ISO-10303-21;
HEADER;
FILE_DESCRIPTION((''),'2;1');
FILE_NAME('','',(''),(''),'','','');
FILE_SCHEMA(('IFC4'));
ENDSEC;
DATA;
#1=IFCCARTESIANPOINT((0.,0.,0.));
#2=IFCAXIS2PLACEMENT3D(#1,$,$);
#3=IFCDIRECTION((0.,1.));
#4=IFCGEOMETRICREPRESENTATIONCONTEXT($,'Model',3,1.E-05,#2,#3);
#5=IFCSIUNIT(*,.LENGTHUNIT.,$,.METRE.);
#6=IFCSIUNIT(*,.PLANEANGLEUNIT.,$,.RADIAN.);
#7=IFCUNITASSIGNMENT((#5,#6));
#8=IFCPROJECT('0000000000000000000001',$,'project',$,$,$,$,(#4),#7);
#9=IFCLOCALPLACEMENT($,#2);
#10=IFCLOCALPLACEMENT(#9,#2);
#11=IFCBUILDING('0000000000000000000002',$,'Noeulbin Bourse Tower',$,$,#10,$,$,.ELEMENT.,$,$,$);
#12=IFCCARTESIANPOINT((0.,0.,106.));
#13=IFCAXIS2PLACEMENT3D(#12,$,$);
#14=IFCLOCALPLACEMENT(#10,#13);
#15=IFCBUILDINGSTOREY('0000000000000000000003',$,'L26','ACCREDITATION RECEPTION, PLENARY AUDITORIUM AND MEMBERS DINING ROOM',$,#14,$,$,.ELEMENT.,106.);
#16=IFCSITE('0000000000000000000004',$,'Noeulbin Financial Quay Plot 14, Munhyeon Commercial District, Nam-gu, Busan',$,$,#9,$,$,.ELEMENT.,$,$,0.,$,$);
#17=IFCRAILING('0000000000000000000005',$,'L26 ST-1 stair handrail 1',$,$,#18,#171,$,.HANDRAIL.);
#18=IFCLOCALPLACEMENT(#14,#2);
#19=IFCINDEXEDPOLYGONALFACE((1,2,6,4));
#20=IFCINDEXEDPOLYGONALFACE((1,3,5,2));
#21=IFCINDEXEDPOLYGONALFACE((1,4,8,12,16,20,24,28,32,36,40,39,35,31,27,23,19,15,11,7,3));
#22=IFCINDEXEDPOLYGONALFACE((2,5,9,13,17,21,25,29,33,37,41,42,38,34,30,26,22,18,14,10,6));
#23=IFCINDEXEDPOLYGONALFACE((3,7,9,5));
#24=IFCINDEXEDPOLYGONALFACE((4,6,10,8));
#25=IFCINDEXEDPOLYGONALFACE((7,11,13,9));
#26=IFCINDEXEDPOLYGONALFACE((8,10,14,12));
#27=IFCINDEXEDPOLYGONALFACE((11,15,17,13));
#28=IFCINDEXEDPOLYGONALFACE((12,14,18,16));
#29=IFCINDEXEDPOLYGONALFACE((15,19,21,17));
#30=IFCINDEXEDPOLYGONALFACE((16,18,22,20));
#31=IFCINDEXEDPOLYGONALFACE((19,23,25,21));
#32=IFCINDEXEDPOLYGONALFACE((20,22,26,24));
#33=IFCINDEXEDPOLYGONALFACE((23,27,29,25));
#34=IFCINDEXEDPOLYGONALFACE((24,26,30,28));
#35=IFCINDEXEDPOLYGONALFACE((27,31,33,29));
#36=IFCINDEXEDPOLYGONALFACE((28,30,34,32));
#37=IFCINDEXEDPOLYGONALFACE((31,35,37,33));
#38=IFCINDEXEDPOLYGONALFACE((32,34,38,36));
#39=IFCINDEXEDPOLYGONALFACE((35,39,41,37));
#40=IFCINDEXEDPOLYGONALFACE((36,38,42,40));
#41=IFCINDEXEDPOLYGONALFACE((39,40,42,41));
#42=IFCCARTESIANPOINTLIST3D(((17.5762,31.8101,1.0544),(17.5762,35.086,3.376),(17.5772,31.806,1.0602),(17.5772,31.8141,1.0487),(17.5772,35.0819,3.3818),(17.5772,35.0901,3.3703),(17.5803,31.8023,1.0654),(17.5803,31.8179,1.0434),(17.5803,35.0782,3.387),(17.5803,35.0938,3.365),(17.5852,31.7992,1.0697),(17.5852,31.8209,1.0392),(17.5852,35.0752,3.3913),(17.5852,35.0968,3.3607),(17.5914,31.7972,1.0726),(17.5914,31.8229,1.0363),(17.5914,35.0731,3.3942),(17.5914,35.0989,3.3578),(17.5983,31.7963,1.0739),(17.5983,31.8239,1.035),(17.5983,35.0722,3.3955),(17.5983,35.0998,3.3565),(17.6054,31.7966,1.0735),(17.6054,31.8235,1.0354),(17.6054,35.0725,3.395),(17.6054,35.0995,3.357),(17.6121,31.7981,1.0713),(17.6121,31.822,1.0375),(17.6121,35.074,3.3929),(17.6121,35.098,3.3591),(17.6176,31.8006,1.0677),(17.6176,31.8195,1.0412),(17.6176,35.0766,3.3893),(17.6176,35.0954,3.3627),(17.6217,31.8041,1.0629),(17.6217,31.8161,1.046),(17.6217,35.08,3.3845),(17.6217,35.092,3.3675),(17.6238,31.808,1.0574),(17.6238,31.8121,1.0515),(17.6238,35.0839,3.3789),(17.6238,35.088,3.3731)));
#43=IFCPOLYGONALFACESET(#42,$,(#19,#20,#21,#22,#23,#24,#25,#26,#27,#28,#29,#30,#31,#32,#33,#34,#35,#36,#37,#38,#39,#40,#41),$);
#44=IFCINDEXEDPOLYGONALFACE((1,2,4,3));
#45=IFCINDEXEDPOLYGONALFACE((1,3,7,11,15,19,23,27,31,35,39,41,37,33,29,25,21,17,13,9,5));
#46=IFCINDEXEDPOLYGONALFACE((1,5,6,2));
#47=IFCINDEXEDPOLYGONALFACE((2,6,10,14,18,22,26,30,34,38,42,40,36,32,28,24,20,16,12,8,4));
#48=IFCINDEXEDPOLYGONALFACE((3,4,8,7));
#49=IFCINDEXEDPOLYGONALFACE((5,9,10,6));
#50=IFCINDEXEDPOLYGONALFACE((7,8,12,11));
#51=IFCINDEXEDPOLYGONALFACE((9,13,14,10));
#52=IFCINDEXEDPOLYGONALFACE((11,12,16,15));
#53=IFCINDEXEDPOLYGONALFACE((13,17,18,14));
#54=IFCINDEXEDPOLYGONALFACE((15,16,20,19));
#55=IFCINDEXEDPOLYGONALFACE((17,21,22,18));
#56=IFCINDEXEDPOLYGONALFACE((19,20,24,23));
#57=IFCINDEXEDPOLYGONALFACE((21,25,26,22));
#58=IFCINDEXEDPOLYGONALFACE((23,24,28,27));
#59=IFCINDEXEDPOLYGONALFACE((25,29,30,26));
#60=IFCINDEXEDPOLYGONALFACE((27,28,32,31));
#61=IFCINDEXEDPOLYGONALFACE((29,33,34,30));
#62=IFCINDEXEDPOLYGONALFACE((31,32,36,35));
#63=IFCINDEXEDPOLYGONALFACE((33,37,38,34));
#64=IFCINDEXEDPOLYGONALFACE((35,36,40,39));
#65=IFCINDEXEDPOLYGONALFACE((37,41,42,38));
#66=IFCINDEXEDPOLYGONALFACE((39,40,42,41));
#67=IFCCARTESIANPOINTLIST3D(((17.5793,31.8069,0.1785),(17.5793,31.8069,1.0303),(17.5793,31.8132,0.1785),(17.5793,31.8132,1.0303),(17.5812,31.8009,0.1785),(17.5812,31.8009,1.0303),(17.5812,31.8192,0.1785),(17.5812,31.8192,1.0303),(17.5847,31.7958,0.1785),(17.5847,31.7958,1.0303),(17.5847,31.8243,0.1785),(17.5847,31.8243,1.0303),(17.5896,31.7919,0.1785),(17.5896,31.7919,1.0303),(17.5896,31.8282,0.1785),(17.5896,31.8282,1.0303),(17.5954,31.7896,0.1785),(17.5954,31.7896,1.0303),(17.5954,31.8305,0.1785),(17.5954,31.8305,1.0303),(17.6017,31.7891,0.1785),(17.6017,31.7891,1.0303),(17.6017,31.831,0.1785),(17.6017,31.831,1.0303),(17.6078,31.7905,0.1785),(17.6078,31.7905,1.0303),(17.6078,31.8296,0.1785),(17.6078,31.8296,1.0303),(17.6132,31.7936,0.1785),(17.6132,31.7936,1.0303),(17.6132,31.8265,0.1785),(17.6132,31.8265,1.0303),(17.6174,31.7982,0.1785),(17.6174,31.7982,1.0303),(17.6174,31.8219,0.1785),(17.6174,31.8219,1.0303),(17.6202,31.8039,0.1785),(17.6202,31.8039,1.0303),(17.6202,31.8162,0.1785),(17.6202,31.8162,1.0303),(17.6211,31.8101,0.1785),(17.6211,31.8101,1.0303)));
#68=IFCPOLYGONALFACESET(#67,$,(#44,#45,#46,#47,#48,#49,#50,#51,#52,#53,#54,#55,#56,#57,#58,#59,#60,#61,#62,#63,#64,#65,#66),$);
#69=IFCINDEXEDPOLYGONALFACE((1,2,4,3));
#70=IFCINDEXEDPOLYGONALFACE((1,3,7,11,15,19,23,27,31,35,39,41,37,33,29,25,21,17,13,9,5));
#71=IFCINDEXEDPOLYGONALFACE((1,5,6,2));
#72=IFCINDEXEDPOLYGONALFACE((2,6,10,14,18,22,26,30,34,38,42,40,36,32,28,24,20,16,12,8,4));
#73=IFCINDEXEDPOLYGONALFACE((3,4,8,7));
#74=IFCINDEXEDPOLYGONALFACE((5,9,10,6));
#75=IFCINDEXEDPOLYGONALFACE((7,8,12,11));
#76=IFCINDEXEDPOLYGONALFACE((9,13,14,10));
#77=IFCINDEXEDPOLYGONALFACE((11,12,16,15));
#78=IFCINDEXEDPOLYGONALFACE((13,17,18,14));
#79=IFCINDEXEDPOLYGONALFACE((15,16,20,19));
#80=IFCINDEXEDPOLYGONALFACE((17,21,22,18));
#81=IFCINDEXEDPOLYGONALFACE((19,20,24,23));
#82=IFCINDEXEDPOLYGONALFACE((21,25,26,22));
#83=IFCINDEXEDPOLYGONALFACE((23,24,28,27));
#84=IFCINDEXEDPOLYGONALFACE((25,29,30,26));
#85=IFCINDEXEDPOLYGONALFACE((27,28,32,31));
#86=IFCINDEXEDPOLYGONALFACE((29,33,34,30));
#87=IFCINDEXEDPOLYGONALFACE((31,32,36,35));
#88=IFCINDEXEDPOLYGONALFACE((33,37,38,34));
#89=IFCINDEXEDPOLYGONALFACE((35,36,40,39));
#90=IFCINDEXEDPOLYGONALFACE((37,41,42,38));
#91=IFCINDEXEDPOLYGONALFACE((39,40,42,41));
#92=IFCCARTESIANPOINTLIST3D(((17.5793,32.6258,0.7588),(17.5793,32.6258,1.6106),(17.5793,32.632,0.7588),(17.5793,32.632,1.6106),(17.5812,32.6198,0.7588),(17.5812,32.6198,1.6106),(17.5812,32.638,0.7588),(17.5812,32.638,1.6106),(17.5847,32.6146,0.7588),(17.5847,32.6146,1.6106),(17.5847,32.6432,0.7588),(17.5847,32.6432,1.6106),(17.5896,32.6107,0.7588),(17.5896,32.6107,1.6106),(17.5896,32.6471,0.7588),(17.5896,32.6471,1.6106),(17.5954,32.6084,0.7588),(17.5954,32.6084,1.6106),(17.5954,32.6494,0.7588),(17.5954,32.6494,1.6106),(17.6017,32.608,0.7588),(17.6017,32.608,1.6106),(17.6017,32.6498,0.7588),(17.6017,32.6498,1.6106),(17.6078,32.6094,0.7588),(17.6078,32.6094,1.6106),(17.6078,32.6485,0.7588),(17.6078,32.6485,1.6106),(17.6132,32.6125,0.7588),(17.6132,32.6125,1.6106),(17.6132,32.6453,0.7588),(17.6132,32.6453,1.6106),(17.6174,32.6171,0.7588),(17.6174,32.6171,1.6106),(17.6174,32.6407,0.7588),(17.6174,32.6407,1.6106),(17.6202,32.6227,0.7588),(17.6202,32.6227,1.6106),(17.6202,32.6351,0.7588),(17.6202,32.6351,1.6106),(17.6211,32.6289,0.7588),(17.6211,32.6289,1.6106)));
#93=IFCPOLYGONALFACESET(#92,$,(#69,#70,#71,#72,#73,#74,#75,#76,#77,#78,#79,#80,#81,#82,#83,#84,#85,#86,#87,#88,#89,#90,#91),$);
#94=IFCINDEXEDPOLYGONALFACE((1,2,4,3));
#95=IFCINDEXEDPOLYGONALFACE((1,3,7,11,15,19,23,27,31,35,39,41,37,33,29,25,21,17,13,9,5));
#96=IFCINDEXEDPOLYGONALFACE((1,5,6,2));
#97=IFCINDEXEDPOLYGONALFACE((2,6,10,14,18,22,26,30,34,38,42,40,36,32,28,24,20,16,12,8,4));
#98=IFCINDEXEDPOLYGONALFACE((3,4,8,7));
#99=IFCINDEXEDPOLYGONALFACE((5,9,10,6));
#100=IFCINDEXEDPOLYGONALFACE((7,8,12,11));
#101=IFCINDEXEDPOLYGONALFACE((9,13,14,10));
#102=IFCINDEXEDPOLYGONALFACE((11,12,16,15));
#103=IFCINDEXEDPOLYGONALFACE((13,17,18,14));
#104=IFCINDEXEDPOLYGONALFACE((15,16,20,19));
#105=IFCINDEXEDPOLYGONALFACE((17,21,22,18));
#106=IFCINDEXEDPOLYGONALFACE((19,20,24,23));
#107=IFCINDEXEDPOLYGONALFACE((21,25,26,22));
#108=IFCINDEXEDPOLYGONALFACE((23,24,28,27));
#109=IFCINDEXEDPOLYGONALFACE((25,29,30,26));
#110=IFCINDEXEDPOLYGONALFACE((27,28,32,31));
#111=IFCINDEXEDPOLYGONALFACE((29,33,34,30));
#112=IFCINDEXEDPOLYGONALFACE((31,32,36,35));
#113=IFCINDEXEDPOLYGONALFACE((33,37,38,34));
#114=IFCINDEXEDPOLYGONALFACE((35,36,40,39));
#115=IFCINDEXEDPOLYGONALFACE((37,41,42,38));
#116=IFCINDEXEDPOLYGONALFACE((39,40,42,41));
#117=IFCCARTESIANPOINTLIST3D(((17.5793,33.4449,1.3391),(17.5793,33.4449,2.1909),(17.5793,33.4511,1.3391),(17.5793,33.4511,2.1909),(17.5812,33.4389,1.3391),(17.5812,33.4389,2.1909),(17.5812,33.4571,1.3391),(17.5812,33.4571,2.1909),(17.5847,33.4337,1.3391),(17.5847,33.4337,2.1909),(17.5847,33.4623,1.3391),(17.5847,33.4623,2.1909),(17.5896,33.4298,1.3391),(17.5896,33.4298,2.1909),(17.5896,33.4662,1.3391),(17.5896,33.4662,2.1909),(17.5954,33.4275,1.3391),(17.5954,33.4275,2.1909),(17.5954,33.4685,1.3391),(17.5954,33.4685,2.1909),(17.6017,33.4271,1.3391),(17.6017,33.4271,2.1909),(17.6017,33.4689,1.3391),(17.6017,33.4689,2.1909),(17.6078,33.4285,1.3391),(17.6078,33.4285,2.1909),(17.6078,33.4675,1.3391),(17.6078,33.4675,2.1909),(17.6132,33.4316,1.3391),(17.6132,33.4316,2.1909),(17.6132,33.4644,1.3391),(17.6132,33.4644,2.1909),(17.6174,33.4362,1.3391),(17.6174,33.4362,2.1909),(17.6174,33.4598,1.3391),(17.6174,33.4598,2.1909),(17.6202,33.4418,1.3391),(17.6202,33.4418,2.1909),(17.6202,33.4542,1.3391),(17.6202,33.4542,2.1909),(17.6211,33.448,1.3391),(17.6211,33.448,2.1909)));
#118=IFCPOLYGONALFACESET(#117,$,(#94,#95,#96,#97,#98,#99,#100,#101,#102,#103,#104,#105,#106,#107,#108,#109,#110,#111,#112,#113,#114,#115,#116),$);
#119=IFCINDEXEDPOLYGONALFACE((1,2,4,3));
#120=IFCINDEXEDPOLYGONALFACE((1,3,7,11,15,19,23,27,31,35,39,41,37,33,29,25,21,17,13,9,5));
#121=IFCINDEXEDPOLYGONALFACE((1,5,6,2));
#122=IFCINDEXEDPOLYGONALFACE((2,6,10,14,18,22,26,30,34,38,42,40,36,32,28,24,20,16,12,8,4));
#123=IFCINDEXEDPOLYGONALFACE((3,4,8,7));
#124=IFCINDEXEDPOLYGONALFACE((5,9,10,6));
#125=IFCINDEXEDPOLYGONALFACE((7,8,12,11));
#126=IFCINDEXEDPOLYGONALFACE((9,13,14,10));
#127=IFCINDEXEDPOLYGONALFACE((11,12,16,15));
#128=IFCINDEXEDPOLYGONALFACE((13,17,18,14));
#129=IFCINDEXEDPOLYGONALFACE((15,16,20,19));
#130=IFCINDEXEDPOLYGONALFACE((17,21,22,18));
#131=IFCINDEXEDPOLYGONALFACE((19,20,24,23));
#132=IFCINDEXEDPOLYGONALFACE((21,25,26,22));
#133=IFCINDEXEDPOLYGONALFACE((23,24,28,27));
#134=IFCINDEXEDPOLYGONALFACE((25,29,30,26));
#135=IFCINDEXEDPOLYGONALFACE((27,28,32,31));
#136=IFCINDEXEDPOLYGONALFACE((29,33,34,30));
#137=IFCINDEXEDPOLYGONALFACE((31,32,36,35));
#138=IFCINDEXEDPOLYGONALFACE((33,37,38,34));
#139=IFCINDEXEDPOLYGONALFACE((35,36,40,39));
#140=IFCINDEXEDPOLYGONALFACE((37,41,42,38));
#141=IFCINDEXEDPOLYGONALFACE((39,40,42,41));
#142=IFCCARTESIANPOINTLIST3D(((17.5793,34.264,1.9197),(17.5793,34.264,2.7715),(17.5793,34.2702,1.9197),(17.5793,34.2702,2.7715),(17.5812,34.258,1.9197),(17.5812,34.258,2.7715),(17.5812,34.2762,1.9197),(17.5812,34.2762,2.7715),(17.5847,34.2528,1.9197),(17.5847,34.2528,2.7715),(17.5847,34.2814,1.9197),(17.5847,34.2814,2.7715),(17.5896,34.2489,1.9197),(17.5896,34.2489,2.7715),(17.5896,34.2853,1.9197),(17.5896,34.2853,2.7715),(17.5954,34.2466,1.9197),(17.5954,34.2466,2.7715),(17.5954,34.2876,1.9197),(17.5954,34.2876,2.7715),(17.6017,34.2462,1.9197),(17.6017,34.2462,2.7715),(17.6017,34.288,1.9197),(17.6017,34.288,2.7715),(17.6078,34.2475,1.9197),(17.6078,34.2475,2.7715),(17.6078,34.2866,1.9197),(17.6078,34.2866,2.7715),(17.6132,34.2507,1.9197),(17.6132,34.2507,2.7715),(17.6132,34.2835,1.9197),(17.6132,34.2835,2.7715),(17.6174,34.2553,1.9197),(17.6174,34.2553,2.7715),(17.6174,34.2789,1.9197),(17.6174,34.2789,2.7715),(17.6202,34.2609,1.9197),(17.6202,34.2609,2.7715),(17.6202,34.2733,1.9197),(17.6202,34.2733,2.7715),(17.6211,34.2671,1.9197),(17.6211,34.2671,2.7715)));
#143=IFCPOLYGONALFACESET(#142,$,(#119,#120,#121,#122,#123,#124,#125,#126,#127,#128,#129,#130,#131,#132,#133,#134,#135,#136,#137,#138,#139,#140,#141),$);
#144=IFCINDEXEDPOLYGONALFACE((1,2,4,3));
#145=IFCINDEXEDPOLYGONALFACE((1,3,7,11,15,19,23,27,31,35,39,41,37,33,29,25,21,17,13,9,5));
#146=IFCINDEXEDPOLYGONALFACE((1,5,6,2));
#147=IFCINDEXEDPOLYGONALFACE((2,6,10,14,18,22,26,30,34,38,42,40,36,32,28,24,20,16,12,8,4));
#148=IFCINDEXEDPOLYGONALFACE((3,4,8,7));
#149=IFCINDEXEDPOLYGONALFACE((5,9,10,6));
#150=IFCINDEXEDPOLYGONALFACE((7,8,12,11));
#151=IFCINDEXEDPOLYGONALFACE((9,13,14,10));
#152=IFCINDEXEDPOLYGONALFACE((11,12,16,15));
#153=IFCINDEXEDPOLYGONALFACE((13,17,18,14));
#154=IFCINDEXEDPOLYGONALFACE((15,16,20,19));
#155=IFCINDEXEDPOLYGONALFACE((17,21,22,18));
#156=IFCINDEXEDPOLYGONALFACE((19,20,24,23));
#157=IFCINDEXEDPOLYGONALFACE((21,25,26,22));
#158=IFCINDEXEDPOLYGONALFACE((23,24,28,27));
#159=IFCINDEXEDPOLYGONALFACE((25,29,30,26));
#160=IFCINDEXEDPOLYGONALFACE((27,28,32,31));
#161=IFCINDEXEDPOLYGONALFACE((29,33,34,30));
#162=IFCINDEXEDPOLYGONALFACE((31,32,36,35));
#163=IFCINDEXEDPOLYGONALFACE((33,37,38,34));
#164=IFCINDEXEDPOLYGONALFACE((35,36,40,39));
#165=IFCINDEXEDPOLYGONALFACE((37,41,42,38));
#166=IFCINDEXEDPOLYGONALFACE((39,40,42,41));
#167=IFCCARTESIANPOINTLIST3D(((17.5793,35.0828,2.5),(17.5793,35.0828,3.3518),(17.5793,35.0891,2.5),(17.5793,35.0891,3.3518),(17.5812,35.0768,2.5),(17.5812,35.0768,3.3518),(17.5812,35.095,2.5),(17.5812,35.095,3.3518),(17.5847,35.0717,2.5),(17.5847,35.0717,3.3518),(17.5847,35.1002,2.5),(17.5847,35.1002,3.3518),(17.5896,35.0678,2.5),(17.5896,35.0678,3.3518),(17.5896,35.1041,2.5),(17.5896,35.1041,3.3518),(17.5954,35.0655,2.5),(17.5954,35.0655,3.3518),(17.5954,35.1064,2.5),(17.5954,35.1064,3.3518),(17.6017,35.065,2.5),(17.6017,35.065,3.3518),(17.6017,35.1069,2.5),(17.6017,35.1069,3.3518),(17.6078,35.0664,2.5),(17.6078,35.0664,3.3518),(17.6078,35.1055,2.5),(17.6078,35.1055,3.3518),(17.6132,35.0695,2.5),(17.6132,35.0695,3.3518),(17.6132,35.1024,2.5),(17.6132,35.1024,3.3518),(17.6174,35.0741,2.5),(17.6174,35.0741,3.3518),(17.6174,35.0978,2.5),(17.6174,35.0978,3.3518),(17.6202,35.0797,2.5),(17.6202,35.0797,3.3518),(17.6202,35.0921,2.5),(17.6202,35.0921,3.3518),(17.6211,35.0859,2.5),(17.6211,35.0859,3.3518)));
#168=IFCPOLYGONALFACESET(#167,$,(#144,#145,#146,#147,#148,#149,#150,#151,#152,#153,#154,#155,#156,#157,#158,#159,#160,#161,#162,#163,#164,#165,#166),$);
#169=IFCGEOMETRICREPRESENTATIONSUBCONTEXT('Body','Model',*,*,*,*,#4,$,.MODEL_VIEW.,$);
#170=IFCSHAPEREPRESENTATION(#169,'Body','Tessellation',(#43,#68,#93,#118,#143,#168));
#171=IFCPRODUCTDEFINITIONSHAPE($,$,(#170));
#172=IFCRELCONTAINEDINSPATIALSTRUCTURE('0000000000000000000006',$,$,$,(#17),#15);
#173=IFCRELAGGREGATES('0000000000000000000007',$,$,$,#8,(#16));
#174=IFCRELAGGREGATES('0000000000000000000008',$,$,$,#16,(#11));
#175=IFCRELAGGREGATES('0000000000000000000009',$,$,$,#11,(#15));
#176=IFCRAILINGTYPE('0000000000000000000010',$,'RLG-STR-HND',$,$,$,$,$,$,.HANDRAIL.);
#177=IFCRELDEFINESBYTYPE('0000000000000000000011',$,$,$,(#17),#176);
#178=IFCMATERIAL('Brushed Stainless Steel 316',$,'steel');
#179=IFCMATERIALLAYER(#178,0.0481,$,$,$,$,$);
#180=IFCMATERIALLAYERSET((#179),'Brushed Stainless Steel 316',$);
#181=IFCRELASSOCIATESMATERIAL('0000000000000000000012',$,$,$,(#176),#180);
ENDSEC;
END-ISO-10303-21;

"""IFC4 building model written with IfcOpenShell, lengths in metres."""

from ifc_helpers import new_model, si_unit, direction, frame, origin, origin_2d, place, context, subcontext, project, spatial, circle, extrude, material, layer, layer_set, type_object, element, save


model = new_model("IFC4")

# Units and contexts
model_context = context("Model", 3, precision=1e-05, world=origin(), true_north=direction((0.0, 1.0)))
body_context = subcontext(model_context, "Body", "Model", "MODEL_VIEW")
ifc_project = project(units=[si_unit("LENGTHUNIT", "METRE"), si_unit("PLANEANGLEUNIT", "RADIAN")], contexts=[model_context])

# Site, building, storey
site_placement = place(None, origin())
site = spatial("IfcSite", under=ifc_project, at=site_placement, Name="Noeulbin Financial Quay Plot 14, Munhyeon Commercial District, Nam-gu, Busan", CompositionType="ELEMENT", RefElevation=0.0)
building_placement = place(site_placement, origin())
building = spatial("IfcBuilding", under=site, at=building_placement, Name="Noeulbin Bourse Tower", CompositionType="ELEMENT")
storey_placement = place(building_placement, frame((0.0, 0.0, 106.0)))
storey = spatial("IfcBuildingStorey", under=building, at=storey_placement, Name="L26", Description="ACCREDITATION RECEPTION, PLENARY AUDITORIUM AND MEMBERS DINING ROOM", CompositionType="ELEMENT", Elevation=106.0)

# Shared definitions
ifc_material_1 = material(Name="Brushed Stainless Steel 316", Category="steel")

# Railing
ifc_layer_1 = layer(ifc_material_1, 0.0481)
ifc_layer_set_1 = layer_set([ifc_layer_1], Name="Brushed Stainless Steel 316")
railing_type_1 = type_object("IfcRailingType", Name="RLG-STR-HND", PredefinedType="HANDRAIL", material=ifc_layer_set_1)
railing_1_placement = place(storey_placement, frame((17.6001, 31.8101, 0.1785)))
element("IfcRailing", 1, at=railing_1_placement, inside=storey, type_object=railing_type_1, Name="L26 ST-1 stair handrail 1", PredefinedType="HANDRAIL", context=body_context, shape_type="SweptSolid", body=[
    extrude(circle(Radius=0.0239, at=origin_2d()), frame((0.0, 0.0, 0.876), z_axis=(0.0, 0.815893, 0.578203), x_axis=(-1.0, 0.0, 0.0)), (0.0, 0.0, 1.0), 4.0151),
    extrude(circle(Radius=0.021, at=origin_2d()), origin(), (0.0, 0.0, 1.0), 0.8518),
    extrude(circle(Radius=0.021, at=origin_2d()), frame((0.0, 0.8188, 0.5803)), (0.0, 0.0, 1.0), 0.8518),
    extrude(circle(Radius=0.021, at=origin_2d()), frame((0.0, 1.6379, 1.1606)), (0.0, 0.0, 1.0), 0.8518),
    extrude(circle(Radius=0.021, at=origin_2d()), frame((0.0, 2.457, 1.7412)), (0.0, 0.0, 1.0), 0.8518),
    extrude(circle(Radius=0.021, at=origin_2d()), frame((0.0, 3.2759, 2.3215)), (0.0, 0.0, 1.0), 0.8518),
])

save(model, "model.ifc")
